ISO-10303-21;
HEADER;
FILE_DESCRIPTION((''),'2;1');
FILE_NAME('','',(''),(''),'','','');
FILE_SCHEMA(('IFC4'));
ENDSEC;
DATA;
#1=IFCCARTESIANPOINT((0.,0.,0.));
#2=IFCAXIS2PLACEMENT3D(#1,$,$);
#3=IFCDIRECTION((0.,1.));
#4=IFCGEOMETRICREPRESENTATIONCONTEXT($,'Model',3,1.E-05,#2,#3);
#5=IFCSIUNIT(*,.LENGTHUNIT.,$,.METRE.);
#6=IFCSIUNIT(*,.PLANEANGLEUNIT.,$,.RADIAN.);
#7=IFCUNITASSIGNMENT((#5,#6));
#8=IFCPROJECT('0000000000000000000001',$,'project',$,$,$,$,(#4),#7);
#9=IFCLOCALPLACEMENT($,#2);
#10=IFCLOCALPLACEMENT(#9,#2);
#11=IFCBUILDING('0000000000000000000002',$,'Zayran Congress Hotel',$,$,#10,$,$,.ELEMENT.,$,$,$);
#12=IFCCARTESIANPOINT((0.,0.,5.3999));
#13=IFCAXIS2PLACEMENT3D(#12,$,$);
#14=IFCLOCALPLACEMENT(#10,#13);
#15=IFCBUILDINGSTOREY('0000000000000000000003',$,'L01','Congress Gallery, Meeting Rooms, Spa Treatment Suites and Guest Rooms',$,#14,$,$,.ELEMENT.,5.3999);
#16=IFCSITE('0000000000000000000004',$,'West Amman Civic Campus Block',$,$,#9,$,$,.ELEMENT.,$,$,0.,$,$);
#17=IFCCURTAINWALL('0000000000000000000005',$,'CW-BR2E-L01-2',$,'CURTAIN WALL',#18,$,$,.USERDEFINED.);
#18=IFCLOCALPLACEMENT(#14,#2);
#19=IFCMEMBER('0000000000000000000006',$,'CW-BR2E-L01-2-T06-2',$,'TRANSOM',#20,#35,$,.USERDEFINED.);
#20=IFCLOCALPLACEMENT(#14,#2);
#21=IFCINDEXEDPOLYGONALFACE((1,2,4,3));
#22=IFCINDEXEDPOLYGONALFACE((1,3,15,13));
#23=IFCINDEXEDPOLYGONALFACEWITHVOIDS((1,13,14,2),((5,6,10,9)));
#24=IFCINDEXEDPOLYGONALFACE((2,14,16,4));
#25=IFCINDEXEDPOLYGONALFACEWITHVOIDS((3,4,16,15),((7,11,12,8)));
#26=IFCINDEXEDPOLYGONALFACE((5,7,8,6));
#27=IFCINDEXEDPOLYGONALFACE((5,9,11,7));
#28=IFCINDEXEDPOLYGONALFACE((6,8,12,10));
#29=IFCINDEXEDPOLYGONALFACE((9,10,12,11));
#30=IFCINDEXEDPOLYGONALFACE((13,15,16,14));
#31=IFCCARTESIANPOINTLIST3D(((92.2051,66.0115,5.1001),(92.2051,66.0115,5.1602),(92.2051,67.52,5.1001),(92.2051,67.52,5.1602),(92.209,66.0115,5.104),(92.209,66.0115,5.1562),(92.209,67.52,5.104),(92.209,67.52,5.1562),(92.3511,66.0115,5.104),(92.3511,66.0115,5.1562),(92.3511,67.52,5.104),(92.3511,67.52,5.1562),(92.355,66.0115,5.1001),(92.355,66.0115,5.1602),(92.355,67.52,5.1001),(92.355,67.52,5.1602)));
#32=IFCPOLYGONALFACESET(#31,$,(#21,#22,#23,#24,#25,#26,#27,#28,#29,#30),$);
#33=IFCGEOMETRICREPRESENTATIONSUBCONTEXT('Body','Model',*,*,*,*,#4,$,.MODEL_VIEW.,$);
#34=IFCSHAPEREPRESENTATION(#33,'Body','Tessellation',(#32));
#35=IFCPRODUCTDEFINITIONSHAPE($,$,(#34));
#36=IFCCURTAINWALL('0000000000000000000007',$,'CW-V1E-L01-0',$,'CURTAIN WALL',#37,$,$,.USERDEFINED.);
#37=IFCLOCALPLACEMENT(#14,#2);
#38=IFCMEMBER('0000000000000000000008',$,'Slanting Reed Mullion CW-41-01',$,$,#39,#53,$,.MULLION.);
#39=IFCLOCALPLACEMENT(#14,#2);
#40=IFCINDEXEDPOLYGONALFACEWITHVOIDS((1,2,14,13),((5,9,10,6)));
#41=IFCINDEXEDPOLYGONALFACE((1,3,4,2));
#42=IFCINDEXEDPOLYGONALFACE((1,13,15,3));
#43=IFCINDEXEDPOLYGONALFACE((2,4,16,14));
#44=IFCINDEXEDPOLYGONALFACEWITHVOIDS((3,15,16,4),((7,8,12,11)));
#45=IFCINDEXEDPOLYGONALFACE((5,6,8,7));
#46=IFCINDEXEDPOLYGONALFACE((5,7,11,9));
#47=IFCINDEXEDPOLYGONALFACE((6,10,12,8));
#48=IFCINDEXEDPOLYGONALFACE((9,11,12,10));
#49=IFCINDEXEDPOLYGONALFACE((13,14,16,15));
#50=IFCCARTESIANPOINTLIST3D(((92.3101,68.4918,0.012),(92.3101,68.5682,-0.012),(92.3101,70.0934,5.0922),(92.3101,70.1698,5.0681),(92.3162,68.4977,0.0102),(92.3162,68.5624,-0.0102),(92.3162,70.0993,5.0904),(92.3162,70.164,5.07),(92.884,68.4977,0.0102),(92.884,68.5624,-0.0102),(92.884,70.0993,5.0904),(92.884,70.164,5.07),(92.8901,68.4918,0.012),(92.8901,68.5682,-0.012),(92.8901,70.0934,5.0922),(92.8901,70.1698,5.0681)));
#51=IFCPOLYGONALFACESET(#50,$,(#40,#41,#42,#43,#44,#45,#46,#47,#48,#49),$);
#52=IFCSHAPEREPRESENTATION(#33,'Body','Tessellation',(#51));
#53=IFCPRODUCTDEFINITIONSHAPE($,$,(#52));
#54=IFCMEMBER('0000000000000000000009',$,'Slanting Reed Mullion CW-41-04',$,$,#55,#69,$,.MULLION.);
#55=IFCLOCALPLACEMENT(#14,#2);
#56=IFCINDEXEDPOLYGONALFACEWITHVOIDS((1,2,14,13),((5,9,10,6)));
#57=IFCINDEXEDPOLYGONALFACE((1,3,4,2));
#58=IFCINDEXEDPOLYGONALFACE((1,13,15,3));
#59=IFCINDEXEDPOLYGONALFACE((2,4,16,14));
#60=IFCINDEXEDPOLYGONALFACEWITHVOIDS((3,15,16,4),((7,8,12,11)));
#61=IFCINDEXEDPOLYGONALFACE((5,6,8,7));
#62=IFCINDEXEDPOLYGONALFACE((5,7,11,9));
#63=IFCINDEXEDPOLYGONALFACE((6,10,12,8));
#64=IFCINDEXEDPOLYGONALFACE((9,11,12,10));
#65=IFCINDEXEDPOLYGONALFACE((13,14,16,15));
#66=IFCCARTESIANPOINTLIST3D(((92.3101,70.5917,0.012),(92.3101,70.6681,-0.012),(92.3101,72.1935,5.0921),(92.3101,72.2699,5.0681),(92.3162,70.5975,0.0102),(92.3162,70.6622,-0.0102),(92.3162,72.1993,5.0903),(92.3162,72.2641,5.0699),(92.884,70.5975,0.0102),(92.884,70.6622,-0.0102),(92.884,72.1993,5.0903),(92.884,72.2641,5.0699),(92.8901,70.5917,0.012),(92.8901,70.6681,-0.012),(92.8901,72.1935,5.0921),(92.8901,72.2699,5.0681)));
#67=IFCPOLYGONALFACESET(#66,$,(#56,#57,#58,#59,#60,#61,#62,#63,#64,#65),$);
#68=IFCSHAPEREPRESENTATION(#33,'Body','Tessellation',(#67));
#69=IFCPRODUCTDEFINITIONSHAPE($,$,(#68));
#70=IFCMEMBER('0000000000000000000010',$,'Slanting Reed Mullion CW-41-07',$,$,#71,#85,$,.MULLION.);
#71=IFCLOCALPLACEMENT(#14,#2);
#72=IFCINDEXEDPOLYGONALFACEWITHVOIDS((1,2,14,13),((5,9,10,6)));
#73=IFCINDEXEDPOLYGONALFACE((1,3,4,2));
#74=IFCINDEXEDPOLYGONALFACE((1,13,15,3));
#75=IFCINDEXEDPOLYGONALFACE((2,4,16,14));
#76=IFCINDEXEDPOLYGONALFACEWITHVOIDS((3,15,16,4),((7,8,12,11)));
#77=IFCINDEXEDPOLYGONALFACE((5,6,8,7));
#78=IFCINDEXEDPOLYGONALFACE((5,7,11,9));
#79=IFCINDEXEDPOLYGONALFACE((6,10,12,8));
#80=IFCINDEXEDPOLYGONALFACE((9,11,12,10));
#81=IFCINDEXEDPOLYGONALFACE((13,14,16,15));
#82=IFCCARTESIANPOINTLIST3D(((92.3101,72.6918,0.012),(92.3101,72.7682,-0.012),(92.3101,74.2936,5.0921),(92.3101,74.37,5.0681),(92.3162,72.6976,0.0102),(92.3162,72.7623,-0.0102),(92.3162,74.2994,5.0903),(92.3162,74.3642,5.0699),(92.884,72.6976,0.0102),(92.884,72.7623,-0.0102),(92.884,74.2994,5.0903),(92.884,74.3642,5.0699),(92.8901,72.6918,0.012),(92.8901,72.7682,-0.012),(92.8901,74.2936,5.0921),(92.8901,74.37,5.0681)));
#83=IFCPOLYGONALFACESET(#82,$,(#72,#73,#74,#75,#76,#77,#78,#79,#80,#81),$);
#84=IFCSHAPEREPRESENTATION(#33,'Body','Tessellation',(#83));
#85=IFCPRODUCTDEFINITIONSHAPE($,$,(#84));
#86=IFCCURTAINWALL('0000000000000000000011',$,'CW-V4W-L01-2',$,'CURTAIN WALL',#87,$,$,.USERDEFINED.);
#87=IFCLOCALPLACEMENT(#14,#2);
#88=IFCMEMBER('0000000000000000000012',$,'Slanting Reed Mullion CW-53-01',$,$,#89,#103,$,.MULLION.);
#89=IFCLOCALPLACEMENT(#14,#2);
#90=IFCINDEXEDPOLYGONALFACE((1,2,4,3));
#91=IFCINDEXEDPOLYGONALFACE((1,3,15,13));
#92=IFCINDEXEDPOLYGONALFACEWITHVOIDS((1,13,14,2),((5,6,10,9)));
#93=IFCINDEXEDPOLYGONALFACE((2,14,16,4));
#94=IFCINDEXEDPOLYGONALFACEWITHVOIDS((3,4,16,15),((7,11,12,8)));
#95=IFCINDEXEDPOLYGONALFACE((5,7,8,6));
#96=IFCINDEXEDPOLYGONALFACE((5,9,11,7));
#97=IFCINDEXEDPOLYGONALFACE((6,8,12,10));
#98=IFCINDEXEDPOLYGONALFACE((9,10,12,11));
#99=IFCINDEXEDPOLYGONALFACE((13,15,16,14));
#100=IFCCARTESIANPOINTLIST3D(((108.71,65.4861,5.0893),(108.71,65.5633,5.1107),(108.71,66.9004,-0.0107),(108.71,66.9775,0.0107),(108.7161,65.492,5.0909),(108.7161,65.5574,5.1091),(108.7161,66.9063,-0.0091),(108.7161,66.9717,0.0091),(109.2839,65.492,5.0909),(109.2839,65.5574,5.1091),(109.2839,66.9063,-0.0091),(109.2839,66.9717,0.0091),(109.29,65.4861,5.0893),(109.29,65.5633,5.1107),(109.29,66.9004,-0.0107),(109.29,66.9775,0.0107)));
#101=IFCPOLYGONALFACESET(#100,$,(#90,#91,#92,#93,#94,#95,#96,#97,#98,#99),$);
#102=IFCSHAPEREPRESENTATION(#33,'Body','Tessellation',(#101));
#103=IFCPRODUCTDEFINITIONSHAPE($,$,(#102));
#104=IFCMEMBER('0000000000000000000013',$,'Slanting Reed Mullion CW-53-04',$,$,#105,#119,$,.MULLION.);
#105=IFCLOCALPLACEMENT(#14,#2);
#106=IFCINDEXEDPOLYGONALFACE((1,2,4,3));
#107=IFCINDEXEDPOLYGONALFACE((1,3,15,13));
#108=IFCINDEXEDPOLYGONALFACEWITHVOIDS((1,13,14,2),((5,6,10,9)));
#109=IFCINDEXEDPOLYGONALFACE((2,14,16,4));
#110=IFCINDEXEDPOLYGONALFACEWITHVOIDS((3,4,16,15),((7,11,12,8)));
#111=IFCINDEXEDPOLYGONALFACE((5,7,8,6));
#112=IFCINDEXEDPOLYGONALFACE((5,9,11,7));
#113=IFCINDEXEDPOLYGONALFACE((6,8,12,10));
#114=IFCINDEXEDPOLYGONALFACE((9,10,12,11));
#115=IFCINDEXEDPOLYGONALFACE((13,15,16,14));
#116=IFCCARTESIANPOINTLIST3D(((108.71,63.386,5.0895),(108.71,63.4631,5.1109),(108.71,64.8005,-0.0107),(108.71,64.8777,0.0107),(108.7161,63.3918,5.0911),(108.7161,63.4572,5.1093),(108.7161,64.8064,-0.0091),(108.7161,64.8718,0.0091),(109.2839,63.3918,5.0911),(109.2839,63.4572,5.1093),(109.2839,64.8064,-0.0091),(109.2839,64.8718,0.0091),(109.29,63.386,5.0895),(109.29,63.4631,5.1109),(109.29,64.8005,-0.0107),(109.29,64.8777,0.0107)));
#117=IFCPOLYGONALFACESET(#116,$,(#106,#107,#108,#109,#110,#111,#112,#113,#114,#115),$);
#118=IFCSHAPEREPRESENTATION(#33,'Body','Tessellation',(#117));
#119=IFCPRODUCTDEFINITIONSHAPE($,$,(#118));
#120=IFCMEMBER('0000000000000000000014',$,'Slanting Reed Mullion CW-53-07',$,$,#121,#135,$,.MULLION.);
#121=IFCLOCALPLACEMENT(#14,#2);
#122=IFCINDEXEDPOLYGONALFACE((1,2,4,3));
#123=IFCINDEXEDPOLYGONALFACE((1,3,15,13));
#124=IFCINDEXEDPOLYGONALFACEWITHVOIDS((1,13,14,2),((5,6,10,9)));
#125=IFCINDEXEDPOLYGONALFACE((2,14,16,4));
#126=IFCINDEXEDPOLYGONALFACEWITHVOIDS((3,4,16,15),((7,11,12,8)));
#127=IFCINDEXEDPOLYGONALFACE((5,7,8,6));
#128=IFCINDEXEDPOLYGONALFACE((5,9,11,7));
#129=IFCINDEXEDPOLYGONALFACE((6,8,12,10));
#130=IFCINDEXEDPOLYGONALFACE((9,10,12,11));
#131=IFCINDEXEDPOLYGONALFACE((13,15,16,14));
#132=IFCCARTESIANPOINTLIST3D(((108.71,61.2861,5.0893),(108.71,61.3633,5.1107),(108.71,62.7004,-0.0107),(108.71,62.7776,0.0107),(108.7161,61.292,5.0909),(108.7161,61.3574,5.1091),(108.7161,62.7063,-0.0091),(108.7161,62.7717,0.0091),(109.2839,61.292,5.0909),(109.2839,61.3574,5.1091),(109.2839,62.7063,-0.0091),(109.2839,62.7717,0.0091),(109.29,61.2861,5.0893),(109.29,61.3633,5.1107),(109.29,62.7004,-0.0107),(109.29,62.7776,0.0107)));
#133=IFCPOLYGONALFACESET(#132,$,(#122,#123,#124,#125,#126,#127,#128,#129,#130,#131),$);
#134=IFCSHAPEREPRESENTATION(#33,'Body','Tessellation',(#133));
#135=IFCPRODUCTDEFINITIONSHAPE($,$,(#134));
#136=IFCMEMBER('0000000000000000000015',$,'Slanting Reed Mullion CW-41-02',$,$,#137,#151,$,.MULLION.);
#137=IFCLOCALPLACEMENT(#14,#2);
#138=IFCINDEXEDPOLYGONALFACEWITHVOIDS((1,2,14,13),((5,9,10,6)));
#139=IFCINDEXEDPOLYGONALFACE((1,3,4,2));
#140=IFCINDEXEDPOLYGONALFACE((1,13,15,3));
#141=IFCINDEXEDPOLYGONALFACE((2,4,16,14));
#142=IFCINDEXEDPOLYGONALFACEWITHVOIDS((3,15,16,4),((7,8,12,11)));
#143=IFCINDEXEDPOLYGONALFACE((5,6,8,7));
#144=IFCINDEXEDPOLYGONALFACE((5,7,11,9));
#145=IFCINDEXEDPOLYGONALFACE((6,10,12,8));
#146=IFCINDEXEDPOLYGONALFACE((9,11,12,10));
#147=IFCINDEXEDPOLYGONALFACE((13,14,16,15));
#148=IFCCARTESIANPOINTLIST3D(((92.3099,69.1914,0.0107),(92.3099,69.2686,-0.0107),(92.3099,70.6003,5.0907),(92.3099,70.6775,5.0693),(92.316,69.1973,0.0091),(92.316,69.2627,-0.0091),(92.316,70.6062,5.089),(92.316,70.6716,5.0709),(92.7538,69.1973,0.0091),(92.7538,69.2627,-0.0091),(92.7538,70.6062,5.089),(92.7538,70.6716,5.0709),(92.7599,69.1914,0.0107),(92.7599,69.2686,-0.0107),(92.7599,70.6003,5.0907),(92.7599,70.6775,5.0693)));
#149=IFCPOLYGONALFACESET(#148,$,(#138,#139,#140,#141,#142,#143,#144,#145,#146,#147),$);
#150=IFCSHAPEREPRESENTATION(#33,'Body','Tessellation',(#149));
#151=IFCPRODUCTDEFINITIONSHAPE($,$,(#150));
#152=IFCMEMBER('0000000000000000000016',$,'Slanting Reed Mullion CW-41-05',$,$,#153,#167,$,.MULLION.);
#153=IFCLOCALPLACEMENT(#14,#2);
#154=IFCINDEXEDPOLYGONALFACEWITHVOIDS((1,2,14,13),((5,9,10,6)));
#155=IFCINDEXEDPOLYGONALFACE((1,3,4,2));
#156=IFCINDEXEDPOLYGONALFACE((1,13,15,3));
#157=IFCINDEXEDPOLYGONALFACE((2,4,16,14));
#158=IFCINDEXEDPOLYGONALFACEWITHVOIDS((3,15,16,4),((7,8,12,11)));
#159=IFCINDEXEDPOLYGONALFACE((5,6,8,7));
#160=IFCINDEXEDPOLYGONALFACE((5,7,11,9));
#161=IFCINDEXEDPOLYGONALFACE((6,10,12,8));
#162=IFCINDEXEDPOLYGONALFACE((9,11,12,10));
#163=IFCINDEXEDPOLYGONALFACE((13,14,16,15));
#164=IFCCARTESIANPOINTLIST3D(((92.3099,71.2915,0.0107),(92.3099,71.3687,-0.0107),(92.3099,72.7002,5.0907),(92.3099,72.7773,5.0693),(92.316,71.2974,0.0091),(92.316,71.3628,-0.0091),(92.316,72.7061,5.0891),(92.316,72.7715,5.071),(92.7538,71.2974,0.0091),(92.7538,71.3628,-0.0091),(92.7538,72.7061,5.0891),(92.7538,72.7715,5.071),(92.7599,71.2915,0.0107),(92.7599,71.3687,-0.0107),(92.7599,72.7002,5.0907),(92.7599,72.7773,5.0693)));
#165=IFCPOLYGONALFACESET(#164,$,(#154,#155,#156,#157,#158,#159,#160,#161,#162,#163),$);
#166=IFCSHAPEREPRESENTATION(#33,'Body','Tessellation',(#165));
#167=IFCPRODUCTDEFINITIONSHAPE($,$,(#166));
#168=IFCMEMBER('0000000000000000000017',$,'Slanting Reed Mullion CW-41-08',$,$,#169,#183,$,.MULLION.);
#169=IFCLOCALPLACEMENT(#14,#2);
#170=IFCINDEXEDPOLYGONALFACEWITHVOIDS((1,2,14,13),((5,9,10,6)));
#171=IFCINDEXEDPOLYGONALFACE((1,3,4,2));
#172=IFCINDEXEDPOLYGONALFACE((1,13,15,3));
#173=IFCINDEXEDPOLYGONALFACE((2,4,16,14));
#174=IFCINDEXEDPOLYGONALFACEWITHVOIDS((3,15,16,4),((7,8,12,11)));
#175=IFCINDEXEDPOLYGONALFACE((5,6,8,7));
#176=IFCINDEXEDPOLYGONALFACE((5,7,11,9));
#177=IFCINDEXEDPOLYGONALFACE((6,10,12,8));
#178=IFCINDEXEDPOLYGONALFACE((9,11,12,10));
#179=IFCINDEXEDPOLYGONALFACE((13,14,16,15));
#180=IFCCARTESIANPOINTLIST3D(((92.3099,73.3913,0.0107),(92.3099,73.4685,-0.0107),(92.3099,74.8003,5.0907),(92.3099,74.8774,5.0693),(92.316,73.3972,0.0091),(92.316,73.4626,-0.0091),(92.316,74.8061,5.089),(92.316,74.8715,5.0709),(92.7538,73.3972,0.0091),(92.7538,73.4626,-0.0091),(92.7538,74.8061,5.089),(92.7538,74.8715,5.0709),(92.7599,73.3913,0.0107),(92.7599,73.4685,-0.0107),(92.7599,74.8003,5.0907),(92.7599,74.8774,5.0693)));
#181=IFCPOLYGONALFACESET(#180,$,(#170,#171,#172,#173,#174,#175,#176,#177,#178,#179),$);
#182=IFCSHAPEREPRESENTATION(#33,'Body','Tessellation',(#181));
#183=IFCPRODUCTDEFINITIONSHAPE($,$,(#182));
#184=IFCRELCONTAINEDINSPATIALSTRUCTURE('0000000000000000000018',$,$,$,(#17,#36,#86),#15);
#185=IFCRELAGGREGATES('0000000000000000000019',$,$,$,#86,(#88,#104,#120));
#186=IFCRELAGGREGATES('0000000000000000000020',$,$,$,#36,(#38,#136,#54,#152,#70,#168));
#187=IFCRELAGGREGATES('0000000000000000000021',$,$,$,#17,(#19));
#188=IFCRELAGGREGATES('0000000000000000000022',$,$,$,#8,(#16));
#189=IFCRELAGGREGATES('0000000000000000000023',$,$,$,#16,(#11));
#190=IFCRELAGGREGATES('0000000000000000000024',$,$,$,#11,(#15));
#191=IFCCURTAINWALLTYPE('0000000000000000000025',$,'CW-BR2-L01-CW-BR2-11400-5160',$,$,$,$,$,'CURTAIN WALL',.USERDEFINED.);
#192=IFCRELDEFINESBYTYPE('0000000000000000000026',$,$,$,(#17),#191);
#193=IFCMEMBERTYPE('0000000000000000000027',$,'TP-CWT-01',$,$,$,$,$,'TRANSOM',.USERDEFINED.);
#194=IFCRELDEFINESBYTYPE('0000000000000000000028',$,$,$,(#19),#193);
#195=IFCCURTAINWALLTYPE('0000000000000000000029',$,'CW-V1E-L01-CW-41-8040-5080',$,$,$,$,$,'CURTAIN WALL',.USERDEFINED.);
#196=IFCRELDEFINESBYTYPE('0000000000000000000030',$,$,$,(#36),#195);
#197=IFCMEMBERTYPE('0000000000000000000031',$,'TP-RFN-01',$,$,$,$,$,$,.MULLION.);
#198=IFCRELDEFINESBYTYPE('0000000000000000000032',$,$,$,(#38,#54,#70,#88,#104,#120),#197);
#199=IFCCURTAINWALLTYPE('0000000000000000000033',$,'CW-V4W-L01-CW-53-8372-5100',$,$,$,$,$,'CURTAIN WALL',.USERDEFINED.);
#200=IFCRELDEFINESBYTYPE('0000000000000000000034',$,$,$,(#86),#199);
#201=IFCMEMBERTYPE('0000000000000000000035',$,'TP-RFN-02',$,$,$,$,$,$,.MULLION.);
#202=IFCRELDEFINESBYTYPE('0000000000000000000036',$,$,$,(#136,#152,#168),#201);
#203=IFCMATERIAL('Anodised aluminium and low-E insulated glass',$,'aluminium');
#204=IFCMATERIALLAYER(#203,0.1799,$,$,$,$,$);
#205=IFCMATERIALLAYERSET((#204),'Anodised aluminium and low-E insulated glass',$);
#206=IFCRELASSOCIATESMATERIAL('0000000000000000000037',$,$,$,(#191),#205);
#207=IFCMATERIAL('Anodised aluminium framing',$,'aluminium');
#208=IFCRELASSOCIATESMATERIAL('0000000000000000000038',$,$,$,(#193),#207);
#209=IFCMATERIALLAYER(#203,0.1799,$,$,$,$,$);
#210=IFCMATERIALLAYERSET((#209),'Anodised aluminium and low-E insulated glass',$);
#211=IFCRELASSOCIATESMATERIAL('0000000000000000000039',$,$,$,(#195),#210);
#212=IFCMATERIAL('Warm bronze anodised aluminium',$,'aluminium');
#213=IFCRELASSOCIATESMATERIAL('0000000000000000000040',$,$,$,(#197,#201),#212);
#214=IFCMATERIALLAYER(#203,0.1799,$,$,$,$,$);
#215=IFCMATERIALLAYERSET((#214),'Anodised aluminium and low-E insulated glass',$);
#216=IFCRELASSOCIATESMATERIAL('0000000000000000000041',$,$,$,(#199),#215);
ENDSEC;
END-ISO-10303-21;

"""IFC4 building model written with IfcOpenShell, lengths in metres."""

from ifc_helpers import new_model, si_unit, direction, frame, origin, origin_2d, place, context, subcontext, project, spatial, hollow_rectangle, extrude, material, layer, layer_set, material_profile, profile_set, type_object, element, aggregate, save


model = new_model("IFC4")

# Units and contexts
model_context = context("Model", 3, precision=1e-05, world=origin(), true_north=direction((0.0, 1.0)))
body_context = subcontext(model_context, "Body", "Model", "MODEL_VIEW")
ifc_project = project(units=[si_unit("LENGTHUNIT", "METRE"), si_unit("PLANEANGLEUNIT", "RADIAN")], contexts=[model_context])

# Site, building, storey
site_placement = place(None, origin())
site = spatial("IfcSite", under=ifc_project, at=site_placement, Name="West Amman Civic Campus Block", CompositionType="ELEMENT", RefElevation=0.0)
building_placement = place(site_placement, origin())
building = spatial("IfcBuilding", under=site, at=building_placement, Name="Zayran Congress Hotel", CompositionType="ELEMENT")
storey_placement = place(building_placement, frame((0.0, 0.0, 5.3999)))
storey = spatial("IfcBuildingStorey", under=building, at=storey_placement, Name="L01", Description="Congress Gallery, Meeting Rooms, Spa Treatment Suites and Guest Rooms", CompositionType="ELEMENT", Elevation=5.3999)

# Shared definitions
ifc_material_1 = material(Name="Anodised aluminium and low-E insulated glass", Category="aluminium")
ifc_material_2 = material(Name="Anodised aluminium framing", Category="aluminium")

# Curtain walls, members
ifc_layer_1 = layer(ifc_material_1, 0.1799)
ifc_layer_set_1 = layer_set([ifc_layer_1], Name="Anodised aluminium and low-E insulated glass")
curtain_wall_type_1 = type_object("IfcCurtainWallType", Name="CW-BR2-L01-CW-BR2-11400-5160", ElementType="CURTAIN WALL", PredefinedType="USERDEFINED", material=ifc_layer_set_1)
curtain_wall_1_placement = place(storey_placement, origin())
curtain_wall_1 = element("IfcCurtainWall", 1, at=curtain_wall_1_placement, inside=storey, type_object=curtain_wall_type_1, Name="CW-BR2E-L01-2", ObjectType="CURTAIN WALL", PredefinedType="USERDEFINED")
ifc_material_profile_1 = material_profile(ifc_material_2, hollow_rectangle(XDim=0.0601, YDim=0.1499, WallThickness=0.0039, at=origin_2d()), Name="RHS 150x60x4")
ifc_profile_set_1 = profile_set([ifc_material_profile_1], Name="Anodised aluminium framing")
member_type_1 = type_object("IfcMemberType", Name="TP-CWT-01", ElementType="TRANSOM", PredefinedType="USERDEFINED", material=ifc_profile_set_1)
member_1_placement = place(storey_placement, frame((92.28, 66.0115, 5.1301), z_axis=(0.0, 1.0, 0.0), x_axis=(0.0, 0.0, 1.0)))
member_1 = element("IfcMember", 2, at=member_1_placement, type_object=member_type_1, Name="CW-BR2E-L01-2-T06-2", ObjectType="TRANSOM", PredefinedType="USERDEFINED", context=body_context, shape_type="SweptSolid", body=[
    extrude(hollow_rectangle(XDim=0.0601, YDim=0.1499, WallThickness=0.0039, at=origin_2d()), origin(), (0.0, 0.0, 1.0), 1.5085),
])
ifc_layer_2 = layer(ifc_material_1, 0.1799)
ifc_layer_set_2 = layer_set([ifc_layer_2], Name="Anodised aluminium and low-E insulated glass")
curtain_wall_type_2 = type_object("IfcCurtainWallType", Name="CW-V1E-L01-CW-41-8040-5080", ElementType="CURTAIN WALL", PredefinedType="USERDEFINED", material=ifc_layer_set_2)
curtain_wall_2_placement = place(storey_placement, origin())
curtain_wall_2 = element("IfcCurtainWall", 3, at=curtain_wall_2_placement, inside=storey, type_object=curtain_wall_type_2, Name="CW-V1E-L01-0", ObjectType="CURTAIN WALL", PredefinedType="USERDEFINED")
ifc_material_3 = material(Name="Warm bronze anodised aluminium", Category="aluminium")
ifc_material_profile_2 = material_profile(ifc_material_3, hollow_rectangle(XDim=0.0801, YDim=0.5801, WallThickness=0.0061, at=origin_2d()), Name="RHS 580x80x6")
ifc_profile_set_2 = profile_set([ifc_material_profile_2], Name="Warm bronze anodised aluminium")
member_type_2 = type_object("IfcMemberType", Name="TP-RFN-01", PredefinedType="MULLION", material=ifc_profile_set_2)
member_2_placement = place(storey_placement, frame((92.6001, 68.53, 0.0), z_axis=(0.0, 0.300675, 0.953727), x_axis=(0.0, -0.953727, 0.300675)))
member_2 = element("IfcMember", 4, at=member_2_placement, type_object=member_type_2, Name="Slanting Reed Mullion CW-41-01", PredefinedType="MULLION", context=body_context, shape_type="SweptSolid", body=[
    extrude(hollow_rectangle(XDim=0.0801, YDim=0.5801, WallThickness=0.0061, at=origin_2d()), origin(), (0.0, 0.0, 1.0), 5.3267),
])
member_3_placement = place(storey_placement, frame((92.6001, 70.6299, 0.0), z_axis=(0.0, 0.300717, 0.953713), x_axis=(0.0, -0.953713, 0.300717)))
member_3 = element("IfcMember", 5, at=member_3_placement, type_object=member_type_2, Name="Slanting Reed Mullion CW-41-04", PredefinedType="MULLION", context=body_context, shape_type="SweptSolid", body=[
    extrude(hollow_rectangle(XDim=0.0801, YDim=0.5801, WallThickness=0.0061, at=origin_2d()), origin(), (0.0, 0.0, 1.0), 5.3267),
])
member_4_placement = place(storey_placement, frame((92.6001, 72.73, 0.0), z_axis=(0.0, 0.300717, 0.953713), x_axis=(0.0, -0.953713, 0.300717)))
member_4 = element("IfcMember", 6, at=member_4_placement, type_object=member_type_2, Name="Slanting Reed Mullion CW-41-07", PredefinedType="MULLION", context=body_context, shape_type="SweptSolid", body=[
    extrude(hollow_rectangle(XDim=0.0801, YDim=0.5801, WallThickness=0.0061, at=origin_2d()), origin(), (0.0, 0.0, 1.0), 5.3267),
])
ifc_layer_3 = layer(ifc_material_1, 0.1799)
ifc_layer_set_3 = layer_set([ifc_layer_3], Name="Anodised aluminium and low-E insulated glass")
curtain_wall_type_3 = type_object("IfcCurtainWallType", Name="CW-V4W-L01-CW-53-8372-5100", ElementType="CURTAIN WALL", PredefinedType="USERDEFINED", material=ifc_layer_set_3)
curtain_wall_3_placement = place(storey_placement, origin())
curtain_wall_3 = element("IfcCurtainWall", 7, at=curtain_wall_3_placement, inside=storey, type_object=curtain_wall_type_3, Name="CW-V4W-L01-2", ObjectType="CURTAIN WALL", PredefinedType="USERDEFINED")
member_5_placement = place(storey_placement, frame((109.0, 66.939, 0.0), z_axis=(0.0, -0.267225, 0.963634), x_axis=(0.0, 0.963634, 0.267225)))
member_5 = element("IfcMember", 8, at=member_5_placement, type_object=member_type_2, Name="Slanting Reed Mullion CW-53-01", PredefinedType="MULLION", context=body_context, shape_type="SweptSolid", body=[
    extrude(hollow_rectangle(XDim=0.0801, YDim=0.5801, WallThickness=0.0061, at=origin_2d()), origin(), (0.0, 0.0, 1.0), 5.2925),
])
member_6_placement = place(storey_placement, frame((109.0, 64.8391, 0.0), z_axis=(0.0, -0.267268, 0.963622), x_axis=(0.0, 0.963622, 0.267268)))
member_6 = element("IfcMember", 9, at=member_6_placement, type_object=member_type_2, Name="Slanting Reed Mullion CW-53-04", PredefinedType="MULLION", context=body_context, shape_type="SweptSolid", body=[
    extrude(hollow_rectangle(XDim=0.0801, YDim=0.5801, WallThickness=0.0061, at=origin_2d()), origin(), (0.0, 0.0, 1.0), 5.2927),
])
member_7_placement = place(storey_placement, frame((109.0, 62.739, 0.0), z_axis=(0.0, -0.267225, 0.963634), x_axis=(0.0, 0.963634, 0.267225)))
member_7 = element("IfcMember", 10, at=member_7_placement, type_object=member_type_2, Name="Slanting Reed Mullion CW-53-07", PredefinedType="MULLION", context=body_context, shape_type="SweptSolid", body=[
    extrude(hollow_rectangle(XDim=0.0801, YDim=0.5801, WallThickness=0.0061, at=origin_2d()), origin(), (0.0, 0.0, 1.0), 5.2925),
])
aggregate(curtain_wall_3, [member_5, member_6, member_7])

# Members
ifc_material_profile_3 = material_profile(ifc_material_3, hollow_rectangle(XDim=0.0801, YDim=0.45, WallThickness=0.0061, at=origin_2d()), Name="RHS 450x80x6")
ifc_profile_set_3 = profile_set([ifc_material_profile_3], Name="Warm bronze anodised aluminium")
member_type_3 = type_object("IfcMemberType", Name="TP-RFN-02", PredefinedType="MULLION", material=ifc_profile_set_3)
member_8_placement = place(storey_placement, frame((92.5349, 69.23, 0.0), z_axis=(0.0, 0.267257, 0.963625), x_axis=(0.0, -0.963625, 0.267257)))
member_8 = element("IfcMember", 11, at=member_8_placement, type_object=member_type_3, Name="Slanting Reed Mullion CW-41-02", PredefinedType="MULLION", context=body_context, shape_type="SweptSolid", body=[
    extrude(hollow_rectangle(XDim=0.0801, YDim=0.45, WallThickness=0.0061, at=origin_2d()), origin(), (0.0, 0.0, 1.0), 5.2717),
])
member_9_placement = place(storey_placement, frame((92.5349, 71.3301, 0.0), z_axis=(0.0, 0.267214, 0.963637), x_axis=(0.0, -0.963637, 0.267214)))
member_9 = element("IfcMember", 12, at=member_9_placement, type_object=member_type_3, Name="Slanting Reed Mullion CW-41-05", PredefinedType="MULLION", context=body_context, shape_type="SweptSolid", body=[
    extrude(hollow_rectangle(XDim=0.0801, YDim=0.45, WallThickness=0.0061, at=origin_2d()), origin(), (0.0, 0.0, 1.0), 5.2717),
])
member_10_placement = place(storey_placement, frame((92.5349, 73.4299, 0.0), z_axis=(0.0, 0.267257, 0.963625), x_axis=(0.0, -0.963625, 0.267257)))
member_10 = element("IfcMember", 13, at=member_10_placement, type_object=member_type_3, Name="Slanting Reed Mullion CW-41-08", PredefinedType="MULLION", context=body_context, shape_type="SweptSolid", body=[
    extrude(hollow_rectangle(XDim=0.0801, YDim=0.45, WallThickness=0.0061, at=origin_2d()), origin(), (0.0, 0.0, 1.0), 5.2717),
])
aggregate(curtain_wall_2, [member_2, member_8, member_3, member_9, member_4, member_10])

aggregate(curtain_wall_1, [member_1])

save(model, "model.ifc")
